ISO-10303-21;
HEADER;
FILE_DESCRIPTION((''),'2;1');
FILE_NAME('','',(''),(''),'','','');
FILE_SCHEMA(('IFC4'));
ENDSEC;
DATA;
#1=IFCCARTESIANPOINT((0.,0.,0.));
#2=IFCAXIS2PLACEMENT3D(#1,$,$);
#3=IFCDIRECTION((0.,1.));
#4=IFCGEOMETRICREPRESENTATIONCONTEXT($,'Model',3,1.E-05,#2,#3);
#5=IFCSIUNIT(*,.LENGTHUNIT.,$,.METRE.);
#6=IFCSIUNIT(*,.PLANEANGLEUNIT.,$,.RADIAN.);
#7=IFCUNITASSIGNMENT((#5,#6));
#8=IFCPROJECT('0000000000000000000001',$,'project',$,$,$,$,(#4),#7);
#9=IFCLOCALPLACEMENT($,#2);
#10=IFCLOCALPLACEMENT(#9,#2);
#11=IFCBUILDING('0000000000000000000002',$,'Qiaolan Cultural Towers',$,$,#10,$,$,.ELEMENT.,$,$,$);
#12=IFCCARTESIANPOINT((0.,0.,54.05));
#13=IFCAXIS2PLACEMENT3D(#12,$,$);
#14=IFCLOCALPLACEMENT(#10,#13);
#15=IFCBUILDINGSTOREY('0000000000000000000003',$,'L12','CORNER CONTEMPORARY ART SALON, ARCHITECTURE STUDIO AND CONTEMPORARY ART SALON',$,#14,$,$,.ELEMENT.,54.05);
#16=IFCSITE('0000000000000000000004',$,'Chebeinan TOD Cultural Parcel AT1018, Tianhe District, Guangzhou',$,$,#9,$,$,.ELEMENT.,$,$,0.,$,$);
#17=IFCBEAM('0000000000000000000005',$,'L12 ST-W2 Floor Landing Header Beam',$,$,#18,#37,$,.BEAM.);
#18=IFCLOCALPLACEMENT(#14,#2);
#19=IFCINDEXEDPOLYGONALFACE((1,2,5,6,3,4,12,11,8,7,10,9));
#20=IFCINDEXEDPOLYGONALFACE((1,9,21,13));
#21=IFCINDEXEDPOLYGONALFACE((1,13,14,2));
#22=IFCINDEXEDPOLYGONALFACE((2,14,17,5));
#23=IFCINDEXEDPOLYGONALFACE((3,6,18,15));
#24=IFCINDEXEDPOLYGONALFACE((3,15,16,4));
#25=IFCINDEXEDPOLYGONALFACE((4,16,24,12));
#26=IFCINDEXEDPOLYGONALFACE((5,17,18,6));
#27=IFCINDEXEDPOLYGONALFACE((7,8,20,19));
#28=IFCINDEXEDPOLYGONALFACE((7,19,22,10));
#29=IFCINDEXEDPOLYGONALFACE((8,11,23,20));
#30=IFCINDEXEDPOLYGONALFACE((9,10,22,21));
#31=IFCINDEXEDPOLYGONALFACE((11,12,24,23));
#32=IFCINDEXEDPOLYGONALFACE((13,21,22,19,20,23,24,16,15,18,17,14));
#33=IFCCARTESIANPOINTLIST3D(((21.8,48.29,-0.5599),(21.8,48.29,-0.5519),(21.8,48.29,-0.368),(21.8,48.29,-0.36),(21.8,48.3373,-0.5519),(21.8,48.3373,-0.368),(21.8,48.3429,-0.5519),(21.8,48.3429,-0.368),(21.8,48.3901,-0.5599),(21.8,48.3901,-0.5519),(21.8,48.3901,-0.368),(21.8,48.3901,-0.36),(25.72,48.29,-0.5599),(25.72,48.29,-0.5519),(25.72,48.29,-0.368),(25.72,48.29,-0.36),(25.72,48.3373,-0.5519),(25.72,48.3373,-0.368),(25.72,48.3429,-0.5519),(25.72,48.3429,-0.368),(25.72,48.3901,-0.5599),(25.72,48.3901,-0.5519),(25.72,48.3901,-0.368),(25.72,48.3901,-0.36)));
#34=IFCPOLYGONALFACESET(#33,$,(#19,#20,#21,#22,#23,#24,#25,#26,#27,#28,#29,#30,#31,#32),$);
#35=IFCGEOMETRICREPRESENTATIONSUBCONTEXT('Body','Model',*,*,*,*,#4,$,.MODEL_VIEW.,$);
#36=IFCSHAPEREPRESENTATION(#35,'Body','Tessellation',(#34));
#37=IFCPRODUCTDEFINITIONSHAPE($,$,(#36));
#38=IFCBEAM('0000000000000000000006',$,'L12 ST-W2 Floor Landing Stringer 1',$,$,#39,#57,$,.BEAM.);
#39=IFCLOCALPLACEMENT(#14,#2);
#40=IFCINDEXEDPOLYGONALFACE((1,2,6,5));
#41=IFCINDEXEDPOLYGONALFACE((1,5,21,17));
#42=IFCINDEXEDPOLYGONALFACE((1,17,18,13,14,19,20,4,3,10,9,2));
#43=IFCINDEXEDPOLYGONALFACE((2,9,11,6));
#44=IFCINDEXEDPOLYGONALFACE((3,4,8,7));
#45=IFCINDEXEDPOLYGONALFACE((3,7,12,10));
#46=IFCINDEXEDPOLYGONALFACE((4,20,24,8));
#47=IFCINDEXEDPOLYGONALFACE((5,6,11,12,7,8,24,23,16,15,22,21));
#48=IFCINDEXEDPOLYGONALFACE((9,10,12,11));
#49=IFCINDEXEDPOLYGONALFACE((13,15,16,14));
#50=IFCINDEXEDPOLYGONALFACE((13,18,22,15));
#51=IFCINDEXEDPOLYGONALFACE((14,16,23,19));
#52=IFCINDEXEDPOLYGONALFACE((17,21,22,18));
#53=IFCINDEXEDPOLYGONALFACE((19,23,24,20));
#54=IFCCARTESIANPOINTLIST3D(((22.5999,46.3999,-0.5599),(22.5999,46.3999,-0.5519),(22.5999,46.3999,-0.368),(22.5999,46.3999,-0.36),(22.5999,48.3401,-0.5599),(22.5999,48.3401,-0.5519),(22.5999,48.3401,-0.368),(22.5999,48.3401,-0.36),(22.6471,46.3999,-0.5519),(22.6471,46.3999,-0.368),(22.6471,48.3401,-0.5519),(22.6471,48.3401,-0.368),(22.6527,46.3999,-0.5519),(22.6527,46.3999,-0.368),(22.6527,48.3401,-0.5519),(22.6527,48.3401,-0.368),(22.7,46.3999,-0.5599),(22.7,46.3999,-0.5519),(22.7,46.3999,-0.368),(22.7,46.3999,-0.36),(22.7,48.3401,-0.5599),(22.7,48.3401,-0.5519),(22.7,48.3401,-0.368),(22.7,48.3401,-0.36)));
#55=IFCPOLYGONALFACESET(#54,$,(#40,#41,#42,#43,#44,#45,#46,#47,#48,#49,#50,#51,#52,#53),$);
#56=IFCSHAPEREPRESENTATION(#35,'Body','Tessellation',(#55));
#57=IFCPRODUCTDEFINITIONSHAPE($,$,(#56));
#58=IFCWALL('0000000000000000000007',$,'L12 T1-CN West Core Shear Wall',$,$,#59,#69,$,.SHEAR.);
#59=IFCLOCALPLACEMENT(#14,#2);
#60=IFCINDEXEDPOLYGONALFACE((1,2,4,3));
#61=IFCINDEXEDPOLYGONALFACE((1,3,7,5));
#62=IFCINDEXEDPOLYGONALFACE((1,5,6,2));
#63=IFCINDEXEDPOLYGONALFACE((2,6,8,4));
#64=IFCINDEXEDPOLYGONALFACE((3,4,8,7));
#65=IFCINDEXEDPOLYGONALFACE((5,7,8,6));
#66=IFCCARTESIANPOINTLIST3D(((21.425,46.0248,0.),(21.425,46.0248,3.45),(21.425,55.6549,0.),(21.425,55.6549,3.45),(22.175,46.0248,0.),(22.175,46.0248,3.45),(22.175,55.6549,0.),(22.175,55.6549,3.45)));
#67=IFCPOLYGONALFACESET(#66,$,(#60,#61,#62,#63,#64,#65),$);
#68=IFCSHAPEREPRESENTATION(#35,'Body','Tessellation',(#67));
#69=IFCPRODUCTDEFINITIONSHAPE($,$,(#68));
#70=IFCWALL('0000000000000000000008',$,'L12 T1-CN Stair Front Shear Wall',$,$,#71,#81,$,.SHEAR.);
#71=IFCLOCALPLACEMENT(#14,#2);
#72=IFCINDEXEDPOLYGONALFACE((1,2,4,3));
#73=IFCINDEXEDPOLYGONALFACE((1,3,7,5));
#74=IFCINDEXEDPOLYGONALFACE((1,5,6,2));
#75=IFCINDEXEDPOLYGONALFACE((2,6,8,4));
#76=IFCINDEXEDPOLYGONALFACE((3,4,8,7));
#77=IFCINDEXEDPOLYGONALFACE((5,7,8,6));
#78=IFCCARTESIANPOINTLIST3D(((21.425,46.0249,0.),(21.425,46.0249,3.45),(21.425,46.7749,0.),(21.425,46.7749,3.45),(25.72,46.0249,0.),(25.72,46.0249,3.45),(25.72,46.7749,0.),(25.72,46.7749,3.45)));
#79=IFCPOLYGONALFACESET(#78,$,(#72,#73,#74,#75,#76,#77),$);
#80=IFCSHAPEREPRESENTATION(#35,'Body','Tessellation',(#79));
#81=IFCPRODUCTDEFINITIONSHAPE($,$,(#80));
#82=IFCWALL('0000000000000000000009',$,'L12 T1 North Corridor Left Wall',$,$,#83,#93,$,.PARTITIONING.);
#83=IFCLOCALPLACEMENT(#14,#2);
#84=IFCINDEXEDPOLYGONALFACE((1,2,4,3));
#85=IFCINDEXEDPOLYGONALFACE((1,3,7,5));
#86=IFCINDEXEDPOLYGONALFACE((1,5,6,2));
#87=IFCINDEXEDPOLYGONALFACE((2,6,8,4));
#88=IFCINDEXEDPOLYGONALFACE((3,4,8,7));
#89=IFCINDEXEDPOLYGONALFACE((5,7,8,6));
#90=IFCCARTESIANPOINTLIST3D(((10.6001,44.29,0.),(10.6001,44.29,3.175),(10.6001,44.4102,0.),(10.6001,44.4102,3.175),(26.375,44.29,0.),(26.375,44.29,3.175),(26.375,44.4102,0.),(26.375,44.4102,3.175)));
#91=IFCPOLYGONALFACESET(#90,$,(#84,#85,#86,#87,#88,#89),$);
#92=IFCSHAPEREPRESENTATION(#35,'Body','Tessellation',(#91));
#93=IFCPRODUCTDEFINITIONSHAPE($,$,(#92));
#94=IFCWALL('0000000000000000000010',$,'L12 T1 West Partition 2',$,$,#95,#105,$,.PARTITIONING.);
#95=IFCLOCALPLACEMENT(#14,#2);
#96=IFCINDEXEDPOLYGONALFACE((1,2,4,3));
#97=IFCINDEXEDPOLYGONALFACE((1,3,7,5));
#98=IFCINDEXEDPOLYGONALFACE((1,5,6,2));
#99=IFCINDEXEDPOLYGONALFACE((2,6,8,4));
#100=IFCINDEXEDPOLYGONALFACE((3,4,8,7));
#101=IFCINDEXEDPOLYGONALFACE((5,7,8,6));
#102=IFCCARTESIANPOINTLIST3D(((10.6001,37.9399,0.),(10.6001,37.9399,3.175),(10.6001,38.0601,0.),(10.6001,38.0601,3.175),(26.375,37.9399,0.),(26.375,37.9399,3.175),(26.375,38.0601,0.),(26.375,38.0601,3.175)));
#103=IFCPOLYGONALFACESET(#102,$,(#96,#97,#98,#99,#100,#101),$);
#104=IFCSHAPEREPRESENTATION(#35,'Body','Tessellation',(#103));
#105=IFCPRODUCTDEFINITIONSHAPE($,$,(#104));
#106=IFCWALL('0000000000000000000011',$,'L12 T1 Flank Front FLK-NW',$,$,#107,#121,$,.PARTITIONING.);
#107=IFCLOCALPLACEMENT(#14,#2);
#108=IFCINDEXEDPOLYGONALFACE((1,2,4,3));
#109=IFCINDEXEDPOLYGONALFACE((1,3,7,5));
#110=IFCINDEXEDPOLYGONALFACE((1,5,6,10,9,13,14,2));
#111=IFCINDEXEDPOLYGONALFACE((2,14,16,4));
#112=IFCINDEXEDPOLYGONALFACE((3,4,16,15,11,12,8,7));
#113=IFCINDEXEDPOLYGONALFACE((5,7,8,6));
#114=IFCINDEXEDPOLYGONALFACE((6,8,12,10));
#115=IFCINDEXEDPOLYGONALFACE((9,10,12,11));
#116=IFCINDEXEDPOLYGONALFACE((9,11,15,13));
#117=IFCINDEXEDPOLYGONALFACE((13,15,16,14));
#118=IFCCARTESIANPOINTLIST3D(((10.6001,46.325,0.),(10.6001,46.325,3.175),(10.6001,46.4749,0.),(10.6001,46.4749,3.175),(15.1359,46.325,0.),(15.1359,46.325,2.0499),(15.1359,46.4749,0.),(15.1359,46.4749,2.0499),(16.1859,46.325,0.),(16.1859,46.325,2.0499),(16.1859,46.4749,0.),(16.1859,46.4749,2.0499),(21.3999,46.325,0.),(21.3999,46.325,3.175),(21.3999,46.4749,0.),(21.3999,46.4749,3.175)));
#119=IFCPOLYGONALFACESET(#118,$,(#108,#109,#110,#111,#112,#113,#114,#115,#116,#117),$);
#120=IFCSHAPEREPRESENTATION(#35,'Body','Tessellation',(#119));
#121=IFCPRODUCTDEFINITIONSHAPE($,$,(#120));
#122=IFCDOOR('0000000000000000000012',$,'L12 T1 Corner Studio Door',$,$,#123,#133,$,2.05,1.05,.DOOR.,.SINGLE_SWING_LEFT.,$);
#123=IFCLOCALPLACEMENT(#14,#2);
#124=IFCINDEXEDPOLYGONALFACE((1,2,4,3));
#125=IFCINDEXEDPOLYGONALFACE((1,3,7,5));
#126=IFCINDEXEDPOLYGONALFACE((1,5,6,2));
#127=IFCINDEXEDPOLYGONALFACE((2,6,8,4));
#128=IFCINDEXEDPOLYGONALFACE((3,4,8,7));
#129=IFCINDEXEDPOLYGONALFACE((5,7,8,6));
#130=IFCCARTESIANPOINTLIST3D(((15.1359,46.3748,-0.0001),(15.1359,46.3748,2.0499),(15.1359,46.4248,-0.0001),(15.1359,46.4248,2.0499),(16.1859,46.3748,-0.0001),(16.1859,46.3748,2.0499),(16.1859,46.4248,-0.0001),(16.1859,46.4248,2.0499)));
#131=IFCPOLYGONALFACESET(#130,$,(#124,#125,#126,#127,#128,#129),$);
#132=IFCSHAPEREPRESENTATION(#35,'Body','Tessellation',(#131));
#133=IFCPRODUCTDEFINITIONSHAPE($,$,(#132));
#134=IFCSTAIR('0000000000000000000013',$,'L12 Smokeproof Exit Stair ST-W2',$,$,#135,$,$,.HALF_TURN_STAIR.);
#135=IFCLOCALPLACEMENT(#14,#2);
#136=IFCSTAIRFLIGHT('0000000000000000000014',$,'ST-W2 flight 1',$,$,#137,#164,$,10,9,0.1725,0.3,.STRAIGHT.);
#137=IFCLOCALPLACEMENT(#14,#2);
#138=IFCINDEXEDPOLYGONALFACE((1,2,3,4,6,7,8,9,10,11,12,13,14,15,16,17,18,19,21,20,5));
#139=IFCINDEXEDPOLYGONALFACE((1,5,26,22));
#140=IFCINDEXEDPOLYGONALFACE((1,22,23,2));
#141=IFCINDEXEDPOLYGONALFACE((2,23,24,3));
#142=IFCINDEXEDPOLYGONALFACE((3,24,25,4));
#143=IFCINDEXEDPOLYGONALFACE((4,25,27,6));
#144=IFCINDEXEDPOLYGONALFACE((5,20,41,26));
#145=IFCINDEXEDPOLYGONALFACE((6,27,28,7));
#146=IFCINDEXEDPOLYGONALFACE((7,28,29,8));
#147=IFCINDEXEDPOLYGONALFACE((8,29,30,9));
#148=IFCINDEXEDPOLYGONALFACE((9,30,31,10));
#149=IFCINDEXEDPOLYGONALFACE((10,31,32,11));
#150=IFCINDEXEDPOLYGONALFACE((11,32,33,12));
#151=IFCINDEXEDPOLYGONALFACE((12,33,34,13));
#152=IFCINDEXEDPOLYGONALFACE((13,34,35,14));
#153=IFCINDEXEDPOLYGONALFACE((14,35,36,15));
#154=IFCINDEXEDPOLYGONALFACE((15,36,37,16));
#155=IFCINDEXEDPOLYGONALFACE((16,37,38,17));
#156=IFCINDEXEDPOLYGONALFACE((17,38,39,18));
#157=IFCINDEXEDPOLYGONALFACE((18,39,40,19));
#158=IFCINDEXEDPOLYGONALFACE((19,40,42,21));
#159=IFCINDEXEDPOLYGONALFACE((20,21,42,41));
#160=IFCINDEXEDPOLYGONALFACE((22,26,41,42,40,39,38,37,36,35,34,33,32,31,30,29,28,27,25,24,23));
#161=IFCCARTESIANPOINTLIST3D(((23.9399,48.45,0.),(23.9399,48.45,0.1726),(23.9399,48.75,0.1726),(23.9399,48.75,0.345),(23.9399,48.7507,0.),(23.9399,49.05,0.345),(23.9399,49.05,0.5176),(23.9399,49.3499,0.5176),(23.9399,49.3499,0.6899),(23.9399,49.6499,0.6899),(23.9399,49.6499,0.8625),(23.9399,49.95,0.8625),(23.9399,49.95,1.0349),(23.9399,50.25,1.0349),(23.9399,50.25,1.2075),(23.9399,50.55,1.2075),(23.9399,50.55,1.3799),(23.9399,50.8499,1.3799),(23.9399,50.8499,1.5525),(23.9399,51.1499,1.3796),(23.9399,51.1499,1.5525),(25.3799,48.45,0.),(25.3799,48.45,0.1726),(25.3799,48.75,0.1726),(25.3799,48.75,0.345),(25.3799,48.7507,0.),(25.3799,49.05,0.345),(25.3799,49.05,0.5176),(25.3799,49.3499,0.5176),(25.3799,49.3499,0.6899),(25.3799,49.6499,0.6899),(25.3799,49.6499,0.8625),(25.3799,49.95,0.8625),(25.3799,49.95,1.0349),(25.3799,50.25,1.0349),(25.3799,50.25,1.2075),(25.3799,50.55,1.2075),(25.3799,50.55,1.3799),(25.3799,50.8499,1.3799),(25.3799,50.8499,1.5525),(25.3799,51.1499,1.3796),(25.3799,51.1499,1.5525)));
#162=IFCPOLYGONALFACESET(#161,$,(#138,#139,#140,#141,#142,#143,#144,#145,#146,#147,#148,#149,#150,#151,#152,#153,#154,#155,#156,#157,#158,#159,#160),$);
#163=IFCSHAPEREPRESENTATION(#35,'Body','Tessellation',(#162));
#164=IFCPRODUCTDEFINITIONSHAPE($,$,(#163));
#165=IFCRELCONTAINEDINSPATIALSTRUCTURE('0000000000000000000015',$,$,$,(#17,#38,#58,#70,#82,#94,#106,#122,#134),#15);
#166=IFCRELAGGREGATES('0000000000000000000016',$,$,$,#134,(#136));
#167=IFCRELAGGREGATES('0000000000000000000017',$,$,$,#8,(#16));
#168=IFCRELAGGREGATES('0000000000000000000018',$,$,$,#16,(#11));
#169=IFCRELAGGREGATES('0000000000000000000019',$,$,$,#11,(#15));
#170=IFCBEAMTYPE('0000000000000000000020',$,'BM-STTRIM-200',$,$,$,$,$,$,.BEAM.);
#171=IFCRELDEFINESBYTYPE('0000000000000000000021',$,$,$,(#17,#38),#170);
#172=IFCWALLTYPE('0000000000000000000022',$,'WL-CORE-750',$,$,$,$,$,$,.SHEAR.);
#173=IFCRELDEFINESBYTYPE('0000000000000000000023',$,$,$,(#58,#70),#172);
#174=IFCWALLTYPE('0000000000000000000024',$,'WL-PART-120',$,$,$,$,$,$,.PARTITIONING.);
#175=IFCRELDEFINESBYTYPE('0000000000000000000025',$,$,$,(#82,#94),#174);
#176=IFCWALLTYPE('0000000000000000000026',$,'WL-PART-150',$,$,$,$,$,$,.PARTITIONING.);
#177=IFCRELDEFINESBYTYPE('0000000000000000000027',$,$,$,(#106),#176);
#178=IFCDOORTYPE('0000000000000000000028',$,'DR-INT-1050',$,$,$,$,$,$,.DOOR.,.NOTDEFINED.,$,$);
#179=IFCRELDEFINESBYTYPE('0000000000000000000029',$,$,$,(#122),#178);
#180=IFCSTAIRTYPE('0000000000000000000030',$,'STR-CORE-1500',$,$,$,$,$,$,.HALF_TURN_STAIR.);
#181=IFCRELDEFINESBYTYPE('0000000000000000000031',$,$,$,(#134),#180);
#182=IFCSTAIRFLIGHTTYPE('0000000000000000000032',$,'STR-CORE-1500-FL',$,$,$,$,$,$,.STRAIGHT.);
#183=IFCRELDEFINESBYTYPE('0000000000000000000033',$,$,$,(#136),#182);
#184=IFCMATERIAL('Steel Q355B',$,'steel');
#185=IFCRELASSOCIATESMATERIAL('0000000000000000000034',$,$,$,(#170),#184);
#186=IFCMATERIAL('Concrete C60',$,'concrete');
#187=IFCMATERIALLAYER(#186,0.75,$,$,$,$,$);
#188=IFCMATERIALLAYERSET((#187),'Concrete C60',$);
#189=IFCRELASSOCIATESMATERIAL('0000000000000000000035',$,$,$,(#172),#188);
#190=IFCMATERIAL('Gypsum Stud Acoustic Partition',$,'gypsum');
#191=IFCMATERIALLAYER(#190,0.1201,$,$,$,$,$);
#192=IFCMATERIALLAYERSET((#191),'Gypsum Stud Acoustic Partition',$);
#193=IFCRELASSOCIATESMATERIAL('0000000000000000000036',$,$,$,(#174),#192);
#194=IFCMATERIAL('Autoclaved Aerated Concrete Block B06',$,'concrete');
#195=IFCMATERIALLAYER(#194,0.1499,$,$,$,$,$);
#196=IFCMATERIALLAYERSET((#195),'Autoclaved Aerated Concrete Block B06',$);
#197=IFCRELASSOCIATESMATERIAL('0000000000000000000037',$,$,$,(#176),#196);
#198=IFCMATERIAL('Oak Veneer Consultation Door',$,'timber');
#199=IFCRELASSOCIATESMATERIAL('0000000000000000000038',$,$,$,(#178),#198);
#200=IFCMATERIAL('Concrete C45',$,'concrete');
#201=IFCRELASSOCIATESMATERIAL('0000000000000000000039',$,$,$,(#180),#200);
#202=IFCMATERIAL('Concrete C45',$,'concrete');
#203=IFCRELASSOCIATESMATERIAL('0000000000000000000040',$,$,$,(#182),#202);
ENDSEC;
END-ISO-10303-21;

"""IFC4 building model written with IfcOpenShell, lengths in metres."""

from ifc_helpers import new_model, si_unit, direction, frame, frame_2d, origin, origin_2d, place, context, subcontext, project, spatial, polyline, rectangle, i_section, outline, extrude, material, layer, layer_set, material_profile, profile_set, type_object, element, fill, aggregate, save


model = new_model("IFC4")

# Units and contexts
model_context = context("Model", 3, precision=1e-05, world=origin(), true_north=direction((0.0, 1.0)))
body_context = subcontext(model_context, "Body", "Model", "MODEL_VIEW")
ifc_project = project(units=[si_unit("LENGTHUNIT", "METRE"), si_unit("PLANEANGLEUNIT", "RADIAN")], contexts=[model_context])

# Site, building, storey
site_placement = place(None, origin())
site = spatial("IfcSite", under=ifc_project, at=site_placement, Name="Chebeinan TOD Cultural Parcel AT1018, Tianhe District, Guangzhou", CompositionType="ELEMENT", RefElevation=0.0)
building_placement = place(site_placement, origin())
building = spatial("IfcBuilding", under=site, at=building_placement, Name="Qiaolan Cultural Towers", CompositionType="ELEMENT")
storey_placement = place(building_placement, frame((0.0, 0.0, 54.05)))
storey = spatial("IfcBuildingStorey", under=building, at=storey_placement, Name="L12", Description="CORNER CONTEMPORARY ART SALON, ARCHITECTURE STUDIO AND CONTEMPORARY ART SALON", CompositionType="ELEMENT", Elevation=54.05)

# Beams
ifc_material_1 = material(Name="Steel Q355B", Category="steel")
ifc_material_profile_1 = material_profile(ifc_material_1, i_section(OverallWidth=0.1001, OverallDepth=0.2, WebThickness=0.0056, FlangeThickness=0.0081, at=origin_2d()), Name="HN200x100x5.5x8")
ifc_profile_set_1 = profile_set([ifc_material_profile_1], Name="Steel Q355B")
beam_type_1 = type_object("IfcBeamType", Name="BM-STTRIM-200", PredefinedType="BEAM", material=ifc_profile_set_1)
beam_1_placement = place(storey_placement, frame((21.8, 48.3401, -0.46), z_axis=(1.0, 0.0, 0.0), x_axis=(0.0, 1.0, 0.0)))
element("IfcBeam", 1, at=beam_1_placement, inside=storey, type_object=beam_type_1, Name="L12 ST-W2 Floor Landing Header Beam", PredefinedType="BEAM", context=body_context, shape_type="SweptSolid", body=[
    extrude(i_section(OverallWidth=0.1001, OverallDepth=0.2, WebThickness=0.0056, FlangeThickness=0.0081, at=origin_2d()), origin(), (0.0, 0.0, 1.0), 3.9199),
])
beam_2_placement = place(storey_placement, frame((22.6499, 46.3999, -0.46), z_axis=(0.0, 1.0, 0.0), x_axis=(-1.0, 0.0, 0.0)))
element("IfcBeam", 2, at=beam_2_placement, inside=storey, type_object=beam_type_1, Name="L12 ST-W2 Floor Landing Stringer 1", PredefinedType="BEAM", context=body_context, shape_type="SweptSolid", body=[
    extrude(i_section(OverallWidth=0.1001, OverallDepth=0.2, WebThickness=0.0056, FlangeThickness=0.0081, at=origin_2d()), origin(), (0.0, 0.0, 1.0), 1.9402),
])

# Walls
ifc_material_2 = material(Name="Concrete C60", Category="concrete")
ifc_layer_1 = layer(ifc_material_2, 0.75)
ifc_layer_set_1 = layer_set([ifc_layer_1], Name="Concrete C60")
wall_type_1 = type_object("IfcWallType", Name="WL-CORE-750", PredefinedType="SHEAR", material=ifc_layer_set_1)
wall_1_placement = place(storey_placement, frame((21.8, 46.0249, 0.0), z_axis=(0.0, 0.0, 1.0), x_axis=(0.0, 1.0, 0.0)))
element("IfcWall", 3, at=wall_1_placement, inside=storey, type_object=wall_type_1, Name="L12 T1-CN West Core Shear Wall", PredefinedType="SHEAR", context=body_context, shape_type="SweptSolid", body=[
    extrude(rectangle(XDim=9.6301, YDim=0.75, at=frame_2d((4.8149, 0.0))), origin(), (0.0, 0.0, 1.0), 3.45),
])
wall_2_placement = place(storey_placement, frame((21.425, 46.3999, 0.0), z_axis=(0.0, 0.0, 1.0), x_axis=(1.0, 0.0, 0.0)))
element("IfcWall", 4, at=wall_2_placement, inside=storey, type_object=wall_type_1, Name="L12 T1-CN Stair Front Shear Wall", PredefinedType="SHEAR", context=body_context, shape_type="SweptSolid", body=[
    extrude(rectangle(XDim=4.2949, YDim=0.75, at=frame_2d((2.1475, 0.0))), origin(), (0.0, 0.0, 1.0), 3.45),
])
ifc_material_3 = material(Name="Gypsum Stud Acoustic Partition", Category="gypsum")
ifc_layer_2 = layer(ifc_material_3, 0.1201)
ifc_layer_set_2 = layer_set([ifc_layer_2], Name="Gypsum Stud Acoustic Partition")
wall_type_2 = type_object("IfcWallType", Name="WL-PART-120", PredefinedType="PARTITIONING", material=ifc_layer_set_2)
for number, where, z_axis, x_axis, name in (
    (5, (10.6001, 44.3501, 0.0), (0.0, 0.0, 1.0), (1.0, 0.0, 0.0), "L12 T1 North Corridor Left Wall"),
    (6, (10.6001, 38.0, 0.0), (0.0, 0.0, 1.0), (1.0, 0.0, 0.0), "L12 T1 West Partition 2"),
):
    element("IfcWall", number, at=place(storey_placement, frame(where, z_axis=z_axis, x_axis=x_axis)), inside=storey, type_object=wall_type_2, Name=name, PredefinedType="PARTITIONING", context=body_context, shape_type="SweptSolid", body=[
        extrude(rectangle(XDim=15.7749, YDim=0.1201, at=frame_2d((7.8875, 0.0))), origin(), (0.0, 0.0, 1.0), 3.175),
    ])

# Wall, opening, door
ifc_material_4 = material(Name="Autoclaved Aerated Concrete Block B06", Category="concrete")
ifc_layer_3 = layer(ifc_material_4, 0.1499)
ifc_layer_set_3 = layer_set([ifc_layer_3], Name="Autoclaved Aerated Concrete Block B06")
wall_type_3 = type_object("IfcWallType", Name="WL-PART-150", PredefinedType="PARTITIONING", material=ifc_layer_set_3)
wall_3_placement = place(storey_placement, frame((10.6001, 46.3999, 0.0), z_axis=(0.0, 0.0, 1.0), x_axis=(1.0, 0.0, 0.0)))
wall_3 = element("IfcWall", 7, at=wall_3_placement, inside=storey, type_object=wall_type_3, Name="L12 T1 Flank Front FLK-NW", PredefinedType="PARTITIONING", context=body_context, shape_type="SweptSolid", body=[
    extrude(rectangle(XDim=10.7998, YDim=0.1499, at=frame_2d((5.3999, 0.0))), origin(), (0.0, 0.0, 1.0), 3.175),
])
opening_placement = place(wall_3_placement, frame((4.5359, 0.0, 0.0)))
opening = element("IfcOpeningElement", 8, at=opening_placement, cuts=wall_3, PredefinedType="OPENING", context=body_context, shape_type="SweptSolid", body=[
    extrude(rectangle(XDim=1.05, YDim=2.05, at=frame_2d((0.5249, 1.0249))), frame((0.0, 0.085, 0.0), z_axis=(0.0, -1.0, 0.0), x_axis=(1.0, 0.0, 0.0)), (0.0, 0.0, 1.0), 0.1699),
])
ifc_material_5 = material(Name="Oak Veneer Consultation Door", Category="timber")
door_type = type_object("IfcDoorType", Name="DR-INT-1050", OperationType="NOTDEFINED", PredefinedType="DOOR", material=ifc_material_5)
door_placement = place(opening_placement, origin())
door = element("IfcDoor", 9, at=door_placement, inside=storey, type_object=door_type, Name="L12 T1 Corner Studio Door", OperationType="SINGLE_SWING_LEFT", OverallHeight=2.05, OverallWidth=1.05, PredefinedType="DOOR", context=body_context, shape_type="SweptSolid", body=[
    extrude(rectangle(XDim=1.05, YDim=2.05, at=frame_2d((0.5249, 1.0249))), frame((0.0, 0.0249, 0.0), z_axis=(0.0, -1.0, 0.0), x_axis=(1.0, 0.0, 0.0)), (0.0, 0.0, 1.0), 0.05),
])
fill(opening, door)

# Stair, stair flight
ifc_material_6 = material(Name="Concrete C45", Category="concrete")
stair_type = type_object("IfcStairType", Name="STR-CORE-1500", PredefinedType="HALF_TURN_STAIR", material=ifc_material_6)
stair_placement = place(storey_placement, origin())
stair = element("IfcStair", 10, at=stair_placement, inside=storey, type_object=stair_type, Name="L12 Smokeproof Exit Stair ST-W2", PredefinedType="HALF_TURN_STAIR")
ifc_material_7 = material(Name="Concrete C45", Category="concrete")
stair_flight_type = type_object("IfcStairFlightType", Name="STR-CORE-1500-FL", PredefinedType="STRAIGHT", material=ifc_material_7)
stair_flight_placement = place(storey_placement, frame((24.6599, 48.45, 0.0), z_axis=(0.0, 0.0, 1.0), x_axis=(0.0, 1.0, 0.0)))
stair_flight = element("IfcStairFlight", 11, at=stair_flight_placement, type_object=stair_flight_type, Name="ST-W2 flight 1", NumberOfRisers=10, NumberOfTreads=9, PredefinedType="STRAIGHT", RiserHeight=0.1725, TreadLength=0.3, context=body_context, shape_type="SweptSolid", body=[
    extrude(outline(polyline([(0.0, 0.0), (0.0, 0.1726), (0.3, 0.1726), (0.3, 0.345), (0.6001, 0.345), (0.6001, 0.5176), (0.8999, 0.5176), (0.8999, 0.6899), (1.2, 0.6899), (1.2, 0.8625), (1.5, 0.8625), (1.5, 1.0349), (1.8, 1.0349), (1.8, 1.2075), (2.1001, 1.2075), (2.1001, 1.3799), (2.3999, 1.3799), (2.3999, 1.5525), (2.7, 1.5525), (2.7, 1.7251), (2.7, 1.3796), (0.3008, 0.0), (0.0, 0.0)])), frame((0.0, 0.72, 0.0), z_axis=(0.0, -1.0, 0.0), x_axis=(1.0, 0.0, 0.0)), (0.0, 0.0, 1.0), 1.4399),
])
aggregate(stair, [stair_flight])

save(model, "model.ifc")
